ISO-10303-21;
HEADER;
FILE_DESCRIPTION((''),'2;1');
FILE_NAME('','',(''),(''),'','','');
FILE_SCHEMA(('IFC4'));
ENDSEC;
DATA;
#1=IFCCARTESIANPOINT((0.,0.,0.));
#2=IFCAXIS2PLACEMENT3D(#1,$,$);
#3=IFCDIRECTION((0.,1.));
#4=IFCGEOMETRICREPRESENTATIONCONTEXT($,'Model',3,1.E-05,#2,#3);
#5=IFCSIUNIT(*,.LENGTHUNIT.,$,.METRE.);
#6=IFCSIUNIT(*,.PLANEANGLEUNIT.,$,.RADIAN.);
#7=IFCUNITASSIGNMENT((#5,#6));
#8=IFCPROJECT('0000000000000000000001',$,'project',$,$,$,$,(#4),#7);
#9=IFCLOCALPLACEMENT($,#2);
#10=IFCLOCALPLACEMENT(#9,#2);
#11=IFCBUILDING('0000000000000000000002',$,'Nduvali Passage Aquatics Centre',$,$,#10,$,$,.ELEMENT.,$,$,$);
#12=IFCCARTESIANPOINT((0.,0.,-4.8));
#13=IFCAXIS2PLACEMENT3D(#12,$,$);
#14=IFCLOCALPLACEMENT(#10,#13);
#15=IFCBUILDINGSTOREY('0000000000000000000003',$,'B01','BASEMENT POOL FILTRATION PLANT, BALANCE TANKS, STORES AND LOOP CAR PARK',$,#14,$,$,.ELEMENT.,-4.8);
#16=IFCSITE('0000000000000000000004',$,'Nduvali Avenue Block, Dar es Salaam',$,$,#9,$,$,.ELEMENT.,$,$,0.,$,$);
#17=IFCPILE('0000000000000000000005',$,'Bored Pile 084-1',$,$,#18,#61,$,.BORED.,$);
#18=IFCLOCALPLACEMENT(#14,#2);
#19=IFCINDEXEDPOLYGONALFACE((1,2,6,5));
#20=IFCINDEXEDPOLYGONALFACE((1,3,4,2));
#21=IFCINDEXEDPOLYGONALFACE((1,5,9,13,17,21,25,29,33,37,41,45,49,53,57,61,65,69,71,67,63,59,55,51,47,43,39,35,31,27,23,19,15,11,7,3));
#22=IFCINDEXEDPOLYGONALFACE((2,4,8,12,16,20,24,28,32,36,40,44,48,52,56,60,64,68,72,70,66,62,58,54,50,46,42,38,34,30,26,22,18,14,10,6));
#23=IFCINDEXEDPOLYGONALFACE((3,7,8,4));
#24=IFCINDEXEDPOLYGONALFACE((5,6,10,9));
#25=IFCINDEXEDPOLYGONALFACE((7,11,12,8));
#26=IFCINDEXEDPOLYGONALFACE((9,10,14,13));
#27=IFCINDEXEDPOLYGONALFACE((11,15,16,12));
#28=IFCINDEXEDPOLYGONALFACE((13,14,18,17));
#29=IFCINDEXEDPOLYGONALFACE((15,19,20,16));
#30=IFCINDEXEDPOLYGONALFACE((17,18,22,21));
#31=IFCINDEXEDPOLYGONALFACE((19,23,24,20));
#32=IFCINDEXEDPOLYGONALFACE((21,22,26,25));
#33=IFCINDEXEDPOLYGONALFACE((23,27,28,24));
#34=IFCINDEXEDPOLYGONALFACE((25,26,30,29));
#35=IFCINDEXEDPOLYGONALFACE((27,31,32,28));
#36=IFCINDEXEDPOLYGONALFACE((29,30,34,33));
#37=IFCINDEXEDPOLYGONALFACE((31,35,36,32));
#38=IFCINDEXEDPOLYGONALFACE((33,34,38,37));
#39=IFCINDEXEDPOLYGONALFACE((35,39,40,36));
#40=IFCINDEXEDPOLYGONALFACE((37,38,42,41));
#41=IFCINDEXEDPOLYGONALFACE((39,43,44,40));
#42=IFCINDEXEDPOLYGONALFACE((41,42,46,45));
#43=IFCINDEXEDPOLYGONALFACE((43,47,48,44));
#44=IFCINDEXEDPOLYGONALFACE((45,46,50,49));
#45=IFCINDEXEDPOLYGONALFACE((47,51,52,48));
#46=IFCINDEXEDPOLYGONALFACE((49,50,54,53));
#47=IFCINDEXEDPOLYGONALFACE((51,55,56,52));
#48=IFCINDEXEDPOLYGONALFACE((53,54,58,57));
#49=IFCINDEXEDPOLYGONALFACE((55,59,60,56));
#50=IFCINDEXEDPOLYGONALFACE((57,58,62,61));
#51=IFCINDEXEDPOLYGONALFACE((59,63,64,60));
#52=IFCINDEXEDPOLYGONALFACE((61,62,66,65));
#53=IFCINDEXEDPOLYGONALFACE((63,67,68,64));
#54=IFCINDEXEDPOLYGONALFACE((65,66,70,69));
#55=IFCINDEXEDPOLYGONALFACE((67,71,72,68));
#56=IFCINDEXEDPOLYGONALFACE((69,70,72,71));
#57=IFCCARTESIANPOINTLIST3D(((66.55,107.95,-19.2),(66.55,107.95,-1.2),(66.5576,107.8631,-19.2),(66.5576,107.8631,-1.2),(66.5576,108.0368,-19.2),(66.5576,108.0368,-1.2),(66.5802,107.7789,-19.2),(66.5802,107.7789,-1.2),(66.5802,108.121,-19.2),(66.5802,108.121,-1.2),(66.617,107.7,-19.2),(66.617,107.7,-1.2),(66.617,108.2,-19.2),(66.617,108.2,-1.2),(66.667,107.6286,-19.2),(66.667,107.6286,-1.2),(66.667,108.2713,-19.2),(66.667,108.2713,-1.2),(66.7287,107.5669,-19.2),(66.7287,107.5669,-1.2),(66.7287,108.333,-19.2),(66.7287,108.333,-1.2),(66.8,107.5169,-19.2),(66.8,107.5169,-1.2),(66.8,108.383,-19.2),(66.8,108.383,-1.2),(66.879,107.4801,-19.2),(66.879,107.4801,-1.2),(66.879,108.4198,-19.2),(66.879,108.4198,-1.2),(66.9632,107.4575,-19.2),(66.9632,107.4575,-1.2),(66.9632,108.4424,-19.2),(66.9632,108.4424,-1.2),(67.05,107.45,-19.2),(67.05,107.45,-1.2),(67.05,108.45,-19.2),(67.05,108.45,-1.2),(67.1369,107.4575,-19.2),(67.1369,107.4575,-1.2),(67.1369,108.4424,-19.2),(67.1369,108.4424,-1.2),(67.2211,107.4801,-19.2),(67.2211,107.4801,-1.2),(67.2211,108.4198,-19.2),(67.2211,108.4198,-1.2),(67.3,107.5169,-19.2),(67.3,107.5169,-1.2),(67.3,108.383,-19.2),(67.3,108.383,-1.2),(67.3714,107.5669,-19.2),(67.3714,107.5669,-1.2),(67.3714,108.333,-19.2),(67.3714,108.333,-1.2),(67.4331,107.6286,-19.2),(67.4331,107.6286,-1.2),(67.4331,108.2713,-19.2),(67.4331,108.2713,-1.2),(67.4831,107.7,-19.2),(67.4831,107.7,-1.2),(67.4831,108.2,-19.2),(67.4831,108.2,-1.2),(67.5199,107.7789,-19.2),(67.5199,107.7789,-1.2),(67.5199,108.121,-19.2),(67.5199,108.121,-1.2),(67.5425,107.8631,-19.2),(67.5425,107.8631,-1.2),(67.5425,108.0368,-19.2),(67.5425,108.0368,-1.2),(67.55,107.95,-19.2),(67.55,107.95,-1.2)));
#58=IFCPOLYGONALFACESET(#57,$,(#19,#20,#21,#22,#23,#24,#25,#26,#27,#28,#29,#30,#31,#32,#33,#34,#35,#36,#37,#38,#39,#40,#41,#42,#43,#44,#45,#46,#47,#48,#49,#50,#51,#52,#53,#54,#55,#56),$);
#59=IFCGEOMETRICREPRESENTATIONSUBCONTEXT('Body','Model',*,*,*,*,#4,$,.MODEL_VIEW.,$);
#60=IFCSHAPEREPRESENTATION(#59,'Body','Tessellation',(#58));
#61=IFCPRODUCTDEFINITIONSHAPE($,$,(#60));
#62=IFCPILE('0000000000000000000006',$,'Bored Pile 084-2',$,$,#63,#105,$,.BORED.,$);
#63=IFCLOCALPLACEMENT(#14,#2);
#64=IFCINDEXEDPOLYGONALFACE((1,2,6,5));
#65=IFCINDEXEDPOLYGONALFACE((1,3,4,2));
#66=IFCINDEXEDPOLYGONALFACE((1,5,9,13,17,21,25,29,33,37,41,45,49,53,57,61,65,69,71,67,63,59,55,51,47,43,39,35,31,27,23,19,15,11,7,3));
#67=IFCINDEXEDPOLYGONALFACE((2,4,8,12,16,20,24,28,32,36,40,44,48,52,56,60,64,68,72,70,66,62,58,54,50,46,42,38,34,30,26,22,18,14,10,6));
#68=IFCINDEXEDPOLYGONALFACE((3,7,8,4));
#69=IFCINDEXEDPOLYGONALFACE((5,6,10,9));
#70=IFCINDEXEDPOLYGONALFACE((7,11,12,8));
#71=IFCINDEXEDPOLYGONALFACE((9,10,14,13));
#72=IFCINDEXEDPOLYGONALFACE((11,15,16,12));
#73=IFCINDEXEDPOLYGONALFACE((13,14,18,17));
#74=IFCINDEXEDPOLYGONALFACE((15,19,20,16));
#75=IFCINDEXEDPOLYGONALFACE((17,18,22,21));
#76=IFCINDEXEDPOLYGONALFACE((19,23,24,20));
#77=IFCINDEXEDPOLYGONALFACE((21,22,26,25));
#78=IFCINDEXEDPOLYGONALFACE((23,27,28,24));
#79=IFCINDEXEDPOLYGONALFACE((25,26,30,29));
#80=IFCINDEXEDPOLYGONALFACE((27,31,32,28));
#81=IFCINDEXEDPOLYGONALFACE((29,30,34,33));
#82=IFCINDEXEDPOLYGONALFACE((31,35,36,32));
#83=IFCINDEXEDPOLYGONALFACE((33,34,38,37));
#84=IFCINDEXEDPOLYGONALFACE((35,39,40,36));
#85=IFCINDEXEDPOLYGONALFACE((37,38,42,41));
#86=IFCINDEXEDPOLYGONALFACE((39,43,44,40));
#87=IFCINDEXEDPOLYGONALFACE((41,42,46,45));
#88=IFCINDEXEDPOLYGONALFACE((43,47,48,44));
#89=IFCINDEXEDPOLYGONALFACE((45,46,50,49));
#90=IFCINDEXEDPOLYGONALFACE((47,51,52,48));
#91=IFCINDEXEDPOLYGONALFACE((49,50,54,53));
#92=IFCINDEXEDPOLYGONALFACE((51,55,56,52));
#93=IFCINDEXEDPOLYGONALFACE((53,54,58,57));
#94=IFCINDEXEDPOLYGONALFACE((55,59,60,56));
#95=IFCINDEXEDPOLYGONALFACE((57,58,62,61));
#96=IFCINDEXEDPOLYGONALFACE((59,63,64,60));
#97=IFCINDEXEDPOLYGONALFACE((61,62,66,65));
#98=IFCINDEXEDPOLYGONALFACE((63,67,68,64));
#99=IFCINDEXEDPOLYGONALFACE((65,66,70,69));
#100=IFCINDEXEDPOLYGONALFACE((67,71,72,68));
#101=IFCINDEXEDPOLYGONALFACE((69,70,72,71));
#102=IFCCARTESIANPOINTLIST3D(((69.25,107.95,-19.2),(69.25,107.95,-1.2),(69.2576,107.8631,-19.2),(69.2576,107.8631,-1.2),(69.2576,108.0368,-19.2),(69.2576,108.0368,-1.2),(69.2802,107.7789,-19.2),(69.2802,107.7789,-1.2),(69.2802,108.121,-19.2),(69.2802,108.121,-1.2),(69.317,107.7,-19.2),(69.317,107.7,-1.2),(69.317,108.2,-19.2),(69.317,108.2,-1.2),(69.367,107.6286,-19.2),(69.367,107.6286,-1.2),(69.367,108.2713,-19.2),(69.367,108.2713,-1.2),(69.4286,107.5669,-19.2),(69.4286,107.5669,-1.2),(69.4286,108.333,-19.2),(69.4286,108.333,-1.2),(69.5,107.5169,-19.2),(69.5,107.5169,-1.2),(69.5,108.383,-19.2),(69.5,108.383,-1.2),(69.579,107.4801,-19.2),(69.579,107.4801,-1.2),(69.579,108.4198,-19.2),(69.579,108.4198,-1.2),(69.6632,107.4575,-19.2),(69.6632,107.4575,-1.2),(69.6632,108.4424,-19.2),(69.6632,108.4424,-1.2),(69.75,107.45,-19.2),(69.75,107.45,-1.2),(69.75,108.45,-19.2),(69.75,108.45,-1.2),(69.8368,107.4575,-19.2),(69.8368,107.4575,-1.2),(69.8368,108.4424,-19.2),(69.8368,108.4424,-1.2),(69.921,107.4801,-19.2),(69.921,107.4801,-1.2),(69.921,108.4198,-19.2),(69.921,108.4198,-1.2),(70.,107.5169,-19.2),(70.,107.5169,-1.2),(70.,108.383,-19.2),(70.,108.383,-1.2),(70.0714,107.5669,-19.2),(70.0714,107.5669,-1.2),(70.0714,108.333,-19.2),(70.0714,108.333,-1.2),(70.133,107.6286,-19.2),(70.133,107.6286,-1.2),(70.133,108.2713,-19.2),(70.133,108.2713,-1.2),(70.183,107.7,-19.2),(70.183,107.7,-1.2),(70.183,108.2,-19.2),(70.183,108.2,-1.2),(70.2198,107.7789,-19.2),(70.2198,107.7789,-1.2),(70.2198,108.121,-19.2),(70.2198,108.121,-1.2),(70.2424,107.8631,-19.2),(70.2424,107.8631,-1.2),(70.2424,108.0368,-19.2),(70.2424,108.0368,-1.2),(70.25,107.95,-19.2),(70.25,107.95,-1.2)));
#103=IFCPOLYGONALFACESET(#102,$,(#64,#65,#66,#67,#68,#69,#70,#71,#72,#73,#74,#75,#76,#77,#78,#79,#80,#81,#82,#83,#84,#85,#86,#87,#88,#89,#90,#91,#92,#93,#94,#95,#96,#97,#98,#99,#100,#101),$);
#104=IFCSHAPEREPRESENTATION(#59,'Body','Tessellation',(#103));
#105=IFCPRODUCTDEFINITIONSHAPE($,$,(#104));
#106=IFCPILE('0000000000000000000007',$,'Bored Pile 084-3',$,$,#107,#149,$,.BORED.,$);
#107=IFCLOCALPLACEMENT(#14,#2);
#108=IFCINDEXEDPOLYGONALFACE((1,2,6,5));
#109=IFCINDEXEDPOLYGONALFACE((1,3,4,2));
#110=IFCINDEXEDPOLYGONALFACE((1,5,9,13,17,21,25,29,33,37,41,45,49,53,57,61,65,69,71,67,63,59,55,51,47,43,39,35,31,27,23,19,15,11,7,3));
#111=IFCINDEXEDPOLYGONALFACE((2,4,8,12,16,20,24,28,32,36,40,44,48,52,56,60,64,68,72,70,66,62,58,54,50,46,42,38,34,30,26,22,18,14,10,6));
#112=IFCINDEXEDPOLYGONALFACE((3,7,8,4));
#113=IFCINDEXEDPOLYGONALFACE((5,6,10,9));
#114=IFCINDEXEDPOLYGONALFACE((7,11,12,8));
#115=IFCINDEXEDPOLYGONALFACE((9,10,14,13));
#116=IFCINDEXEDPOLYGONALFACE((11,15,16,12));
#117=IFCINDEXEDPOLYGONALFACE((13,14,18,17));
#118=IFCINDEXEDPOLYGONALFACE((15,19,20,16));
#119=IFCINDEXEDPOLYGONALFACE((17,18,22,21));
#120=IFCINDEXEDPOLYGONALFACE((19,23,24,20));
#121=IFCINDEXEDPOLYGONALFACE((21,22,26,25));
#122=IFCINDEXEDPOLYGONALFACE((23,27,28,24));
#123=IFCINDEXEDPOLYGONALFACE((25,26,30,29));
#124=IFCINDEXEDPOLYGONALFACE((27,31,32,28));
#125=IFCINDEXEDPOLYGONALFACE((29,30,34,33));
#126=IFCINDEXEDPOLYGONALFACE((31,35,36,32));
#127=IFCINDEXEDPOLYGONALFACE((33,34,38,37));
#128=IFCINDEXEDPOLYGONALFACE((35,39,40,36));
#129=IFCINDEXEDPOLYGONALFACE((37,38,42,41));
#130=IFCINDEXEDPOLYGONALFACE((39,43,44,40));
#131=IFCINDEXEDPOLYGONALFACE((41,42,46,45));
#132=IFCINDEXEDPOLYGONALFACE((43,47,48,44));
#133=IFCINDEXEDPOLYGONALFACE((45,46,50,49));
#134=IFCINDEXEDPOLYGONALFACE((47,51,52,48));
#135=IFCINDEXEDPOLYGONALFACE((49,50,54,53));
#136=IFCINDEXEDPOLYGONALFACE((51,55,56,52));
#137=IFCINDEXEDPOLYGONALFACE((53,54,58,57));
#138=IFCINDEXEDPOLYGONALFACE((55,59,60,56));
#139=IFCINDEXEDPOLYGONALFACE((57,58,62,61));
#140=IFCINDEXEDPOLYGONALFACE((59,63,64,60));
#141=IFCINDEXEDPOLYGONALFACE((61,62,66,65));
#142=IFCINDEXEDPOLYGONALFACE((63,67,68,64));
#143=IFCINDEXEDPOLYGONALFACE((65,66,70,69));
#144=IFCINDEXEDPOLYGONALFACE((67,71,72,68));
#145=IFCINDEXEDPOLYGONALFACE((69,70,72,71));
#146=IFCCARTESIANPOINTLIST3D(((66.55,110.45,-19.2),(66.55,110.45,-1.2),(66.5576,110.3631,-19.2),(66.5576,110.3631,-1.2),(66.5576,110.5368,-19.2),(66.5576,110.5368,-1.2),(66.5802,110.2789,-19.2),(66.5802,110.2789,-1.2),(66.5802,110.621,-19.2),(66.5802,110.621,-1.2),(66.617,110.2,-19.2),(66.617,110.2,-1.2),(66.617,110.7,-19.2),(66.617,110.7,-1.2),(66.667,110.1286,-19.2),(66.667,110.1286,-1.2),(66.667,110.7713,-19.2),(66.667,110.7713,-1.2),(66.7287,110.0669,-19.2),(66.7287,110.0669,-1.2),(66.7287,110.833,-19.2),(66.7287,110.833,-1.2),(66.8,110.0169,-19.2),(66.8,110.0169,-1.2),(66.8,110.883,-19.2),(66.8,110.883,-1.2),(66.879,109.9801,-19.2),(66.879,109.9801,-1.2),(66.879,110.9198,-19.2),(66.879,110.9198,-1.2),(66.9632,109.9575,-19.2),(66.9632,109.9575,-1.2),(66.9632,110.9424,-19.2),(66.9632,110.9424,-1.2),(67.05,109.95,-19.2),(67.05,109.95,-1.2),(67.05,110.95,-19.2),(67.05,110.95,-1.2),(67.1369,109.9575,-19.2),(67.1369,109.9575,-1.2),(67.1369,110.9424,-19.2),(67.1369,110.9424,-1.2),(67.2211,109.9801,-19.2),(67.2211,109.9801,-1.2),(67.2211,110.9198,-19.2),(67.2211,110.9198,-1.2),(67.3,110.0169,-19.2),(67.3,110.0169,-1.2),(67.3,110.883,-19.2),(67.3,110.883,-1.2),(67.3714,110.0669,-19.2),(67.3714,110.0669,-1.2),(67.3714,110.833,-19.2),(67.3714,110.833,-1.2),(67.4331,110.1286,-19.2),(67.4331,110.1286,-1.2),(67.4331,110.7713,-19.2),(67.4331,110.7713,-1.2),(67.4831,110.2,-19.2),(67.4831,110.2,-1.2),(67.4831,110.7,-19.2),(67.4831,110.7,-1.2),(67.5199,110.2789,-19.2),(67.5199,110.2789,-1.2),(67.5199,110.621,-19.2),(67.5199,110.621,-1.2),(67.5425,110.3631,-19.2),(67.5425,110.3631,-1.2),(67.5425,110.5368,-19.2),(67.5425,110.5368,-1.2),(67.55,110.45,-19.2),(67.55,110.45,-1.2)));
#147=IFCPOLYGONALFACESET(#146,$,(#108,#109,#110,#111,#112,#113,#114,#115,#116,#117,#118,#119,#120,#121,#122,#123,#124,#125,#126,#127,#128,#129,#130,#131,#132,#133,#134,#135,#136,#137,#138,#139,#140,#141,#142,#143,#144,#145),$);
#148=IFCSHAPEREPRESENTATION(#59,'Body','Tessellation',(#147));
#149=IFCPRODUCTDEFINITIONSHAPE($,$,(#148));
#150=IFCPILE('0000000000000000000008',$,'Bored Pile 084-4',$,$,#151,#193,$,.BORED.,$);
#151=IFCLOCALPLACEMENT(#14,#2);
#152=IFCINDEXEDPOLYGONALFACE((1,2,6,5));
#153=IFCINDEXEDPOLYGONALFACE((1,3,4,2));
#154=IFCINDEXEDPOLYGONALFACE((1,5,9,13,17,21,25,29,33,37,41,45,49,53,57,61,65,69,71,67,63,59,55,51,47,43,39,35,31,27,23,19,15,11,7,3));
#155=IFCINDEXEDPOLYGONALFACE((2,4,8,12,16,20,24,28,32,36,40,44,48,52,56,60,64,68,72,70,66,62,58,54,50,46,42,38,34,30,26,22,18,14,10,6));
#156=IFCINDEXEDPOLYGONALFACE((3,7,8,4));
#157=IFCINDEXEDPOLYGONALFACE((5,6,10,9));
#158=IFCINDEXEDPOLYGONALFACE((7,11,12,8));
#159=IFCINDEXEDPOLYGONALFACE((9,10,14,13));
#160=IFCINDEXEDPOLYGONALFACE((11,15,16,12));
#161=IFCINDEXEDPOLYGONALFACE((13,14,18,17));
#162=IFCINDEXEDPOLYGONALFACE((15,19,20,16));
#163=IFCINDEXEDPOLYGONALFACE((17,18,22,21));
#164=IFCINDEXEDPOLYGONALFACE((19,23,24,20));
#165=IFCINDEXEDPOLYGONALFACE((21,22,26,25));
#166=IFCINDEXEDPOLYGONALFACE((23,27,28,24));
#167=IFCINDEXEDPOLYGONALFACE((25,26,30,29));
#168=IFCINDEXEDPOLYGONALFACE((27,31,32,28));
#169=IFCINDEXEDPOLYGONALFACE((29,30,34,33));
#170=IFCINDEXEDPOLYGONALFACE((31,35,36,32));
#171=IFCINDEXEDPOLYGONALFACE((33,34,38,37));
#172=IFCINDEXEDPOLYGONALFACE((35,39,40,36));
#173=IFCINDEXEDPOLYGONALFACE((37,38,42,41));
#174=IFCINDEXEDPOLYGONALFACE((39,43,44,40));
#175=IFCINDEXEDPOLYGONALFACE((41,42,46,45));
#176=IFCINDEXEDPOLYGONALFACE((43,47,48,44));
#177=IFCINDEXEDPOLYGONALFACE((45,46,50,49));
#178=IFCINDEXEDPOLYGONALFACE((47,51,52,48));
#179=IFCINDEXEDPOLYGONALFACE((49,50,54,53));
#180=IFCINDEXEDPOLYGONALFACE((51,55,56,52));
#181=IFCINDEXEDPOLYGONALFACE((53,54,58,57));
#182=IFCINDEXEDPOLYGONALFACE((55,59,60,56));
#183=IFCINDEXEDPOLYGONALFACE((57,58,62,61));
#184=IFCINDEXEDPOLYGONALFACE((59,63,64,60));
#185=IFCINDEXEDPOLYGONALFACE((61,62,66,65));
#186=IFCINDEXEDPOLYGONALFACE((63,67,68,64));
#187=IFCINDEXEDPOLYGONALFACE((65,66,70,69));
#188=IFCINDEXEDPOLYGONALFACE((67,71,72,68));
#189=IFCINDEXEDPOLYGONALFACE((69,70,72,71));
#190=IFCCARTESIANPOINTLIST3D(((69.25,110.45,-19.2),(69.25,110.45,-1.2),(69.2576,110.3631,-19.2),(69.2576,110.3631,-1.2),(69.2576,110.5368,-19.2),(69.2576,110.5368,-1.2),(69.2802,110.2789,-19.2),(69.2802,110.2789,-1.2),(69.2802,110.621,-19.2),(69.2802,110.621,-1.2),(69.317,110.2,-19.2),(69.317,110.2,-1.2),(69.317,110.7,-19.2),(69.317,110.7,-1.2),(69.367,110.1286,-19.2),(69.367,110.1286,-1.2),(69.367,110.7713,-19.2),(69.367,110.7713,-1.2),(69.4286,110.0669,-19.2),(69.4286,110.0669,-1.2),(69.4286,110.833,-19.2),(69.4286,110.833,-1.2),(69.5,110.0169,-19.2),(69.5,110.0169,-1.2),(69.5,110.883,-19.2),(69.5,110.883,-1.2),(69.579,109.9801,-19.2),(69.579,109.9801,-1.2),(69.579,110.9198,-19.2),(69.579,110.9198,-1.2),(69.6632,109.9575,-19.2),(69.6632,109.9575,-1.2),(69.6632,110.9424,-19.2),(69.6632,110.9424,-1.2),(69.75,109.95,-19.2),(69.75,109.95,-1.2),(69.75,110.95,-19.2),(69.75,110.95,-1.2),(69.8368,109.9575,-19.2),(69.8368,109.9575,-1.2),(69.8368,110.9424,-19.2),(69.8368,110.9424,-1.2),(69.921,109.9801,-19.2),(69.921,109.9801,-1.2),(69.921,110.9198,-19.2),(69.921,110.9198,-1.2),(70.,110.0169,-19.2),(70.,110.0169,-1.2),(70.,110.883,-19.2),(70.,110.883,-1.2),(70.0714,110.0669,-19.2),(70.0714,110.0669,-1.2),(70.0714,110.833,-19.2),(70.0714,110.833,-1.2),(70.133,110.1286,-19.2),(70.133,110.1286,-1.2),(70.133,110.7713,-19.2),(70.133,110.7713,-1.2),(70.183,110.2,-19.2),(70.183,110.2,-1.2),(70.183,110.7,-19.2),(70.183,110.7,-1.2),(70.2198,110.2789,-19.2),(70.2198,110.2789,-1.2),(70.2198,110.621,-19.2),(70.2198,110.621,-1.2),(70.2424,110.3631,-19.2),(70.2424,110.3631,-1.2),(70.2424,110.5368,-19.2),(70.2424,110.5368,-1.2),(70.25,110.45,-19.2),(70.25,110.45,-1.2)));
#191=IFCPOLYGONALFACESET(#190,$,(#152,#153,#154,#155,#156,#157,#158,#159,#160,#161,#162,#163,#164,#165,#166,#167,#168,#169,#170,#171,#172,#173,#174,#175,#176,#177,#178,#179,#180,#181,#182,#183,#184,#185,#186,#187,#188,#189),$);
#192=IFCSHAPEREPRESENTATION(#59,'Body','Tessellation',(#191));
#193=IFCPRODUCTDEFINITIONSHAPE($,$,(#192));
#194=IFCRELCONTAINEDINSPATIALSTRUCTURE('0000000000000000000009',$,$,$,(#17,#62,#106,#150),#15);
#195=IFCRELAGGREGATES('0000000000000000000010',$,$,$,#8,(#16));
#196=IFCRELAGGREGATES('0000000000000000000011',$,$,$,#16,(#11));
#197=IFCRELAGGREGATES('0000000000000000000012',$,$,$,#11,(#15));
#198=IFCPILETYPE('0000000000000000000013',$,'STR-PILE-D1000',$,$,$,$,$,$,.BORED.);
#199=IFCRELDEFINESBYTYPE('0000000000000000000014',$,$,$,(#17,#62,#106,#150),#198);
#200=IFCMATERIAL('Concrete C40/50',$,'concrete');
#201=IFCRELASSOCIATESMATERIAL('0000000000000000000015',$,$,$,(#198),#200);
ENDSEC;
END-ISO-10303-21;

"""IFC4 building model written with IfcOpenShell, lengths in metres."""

from ifc_helpers import new_model, si_unit, direction, frame, origin, origin_2d, place, context, subcontext, project, spatial, circle, extrude, material, material_profile, profile_set, type_object, element, save


model = new_model("IFC4")

# Units and contexts
model_context = context("Model", 3, precision=1e-05, world=origin(), true_north=direction((0.0, 1.0)))
body_context = subcontext(model_context, "Body", "Model", "MODEL_VIEW")
ifc_project = project(units=[si_unit("LENGTHUNIT", "METRE"), si_unit("PLANEANGLEUNIT", "RADIAN")], contexts=[model_context])

# Site, building, storey
site_placement = place(None, origin())
site = spatial("IfcSite", under=ifc_project, at=site_placement, Name="Nduvali Avenue Block, Dar es Salaam", CompositionType="ELEMENT", RefElevation=0.0)
building_placement = place(site_placement, origin())
building = spatial("IfcBuilding", under=site, at=building_placement, Name="Nduvali Passage Aquatics Centre", CompositionType="ELEMENT")
storey_placement = place(building_placement, frame((0.0, 0.0, -4.8)))
storey = spatial("IfcBuildingStorey", under=building, at=storey_placement, Name="B01", Description="BASEMENT POOL FILTRATION PLANT, BALANCE TANKS, STORES AND LOOP CAR PARK", CompositionType="ELEMENT", Elevation=-4.8)

# Shared definitions
ifc_material = material(Name="Concrete C40/50", Category="concrete")

# Piles
ifc_material_profile_1 = material_profile(ifc_material, circle(Radius=0.5, at=origin_2d()), Name="PILE D1000")
ifc_profile_set_1 = profile_set([ifc_material_profile_1], Name="Concrete C40/50")
pile_type_1 = type_object("IfcPileType", Name="STR-PILE-D1000", PredefinedType="BORED", material=ifc_profile_set_1)
for number, where, z_axis, x_axis, name in (
    (1, (67.05, 107.95, -1.2), (0.0, 0.0, -1.0), (1.0, 0.0, 0.0), "Bored Pile 084-1"),
    (2, (69.75, 107.95, -1.2), (0.0, 0.0, -1.0), (1.0, 0.0, 0.0), "Bored Pile 084-2"),
    (3, (67.05, 110.45, -1.2), (0.0, 0.0, -1.0), (1.0, 0.0, 0.0), "Bored Pile 084-3"),
    (4, (69.75, 110.45, -1.2), (0.0, 0.0, -1.0), (1.0, 0.0, 0.0), "Bored Pile 084-4"),
):
    element("IfcPile", number, at=place(storey_placement, frame(where, z_axis=z_axis, x_axis=x_axis)), inside=storey, type_object=pile_type_1, Name=name, PredefinedType="BORED", context=body_context, shape_type="SweptSolid", body=[
        extrude(circle(Radius=0.5, at=origin_2d()), origin(), (0.0, 0.0, 1.0), 18.0),
    ])

save(model, "model.ifc")
